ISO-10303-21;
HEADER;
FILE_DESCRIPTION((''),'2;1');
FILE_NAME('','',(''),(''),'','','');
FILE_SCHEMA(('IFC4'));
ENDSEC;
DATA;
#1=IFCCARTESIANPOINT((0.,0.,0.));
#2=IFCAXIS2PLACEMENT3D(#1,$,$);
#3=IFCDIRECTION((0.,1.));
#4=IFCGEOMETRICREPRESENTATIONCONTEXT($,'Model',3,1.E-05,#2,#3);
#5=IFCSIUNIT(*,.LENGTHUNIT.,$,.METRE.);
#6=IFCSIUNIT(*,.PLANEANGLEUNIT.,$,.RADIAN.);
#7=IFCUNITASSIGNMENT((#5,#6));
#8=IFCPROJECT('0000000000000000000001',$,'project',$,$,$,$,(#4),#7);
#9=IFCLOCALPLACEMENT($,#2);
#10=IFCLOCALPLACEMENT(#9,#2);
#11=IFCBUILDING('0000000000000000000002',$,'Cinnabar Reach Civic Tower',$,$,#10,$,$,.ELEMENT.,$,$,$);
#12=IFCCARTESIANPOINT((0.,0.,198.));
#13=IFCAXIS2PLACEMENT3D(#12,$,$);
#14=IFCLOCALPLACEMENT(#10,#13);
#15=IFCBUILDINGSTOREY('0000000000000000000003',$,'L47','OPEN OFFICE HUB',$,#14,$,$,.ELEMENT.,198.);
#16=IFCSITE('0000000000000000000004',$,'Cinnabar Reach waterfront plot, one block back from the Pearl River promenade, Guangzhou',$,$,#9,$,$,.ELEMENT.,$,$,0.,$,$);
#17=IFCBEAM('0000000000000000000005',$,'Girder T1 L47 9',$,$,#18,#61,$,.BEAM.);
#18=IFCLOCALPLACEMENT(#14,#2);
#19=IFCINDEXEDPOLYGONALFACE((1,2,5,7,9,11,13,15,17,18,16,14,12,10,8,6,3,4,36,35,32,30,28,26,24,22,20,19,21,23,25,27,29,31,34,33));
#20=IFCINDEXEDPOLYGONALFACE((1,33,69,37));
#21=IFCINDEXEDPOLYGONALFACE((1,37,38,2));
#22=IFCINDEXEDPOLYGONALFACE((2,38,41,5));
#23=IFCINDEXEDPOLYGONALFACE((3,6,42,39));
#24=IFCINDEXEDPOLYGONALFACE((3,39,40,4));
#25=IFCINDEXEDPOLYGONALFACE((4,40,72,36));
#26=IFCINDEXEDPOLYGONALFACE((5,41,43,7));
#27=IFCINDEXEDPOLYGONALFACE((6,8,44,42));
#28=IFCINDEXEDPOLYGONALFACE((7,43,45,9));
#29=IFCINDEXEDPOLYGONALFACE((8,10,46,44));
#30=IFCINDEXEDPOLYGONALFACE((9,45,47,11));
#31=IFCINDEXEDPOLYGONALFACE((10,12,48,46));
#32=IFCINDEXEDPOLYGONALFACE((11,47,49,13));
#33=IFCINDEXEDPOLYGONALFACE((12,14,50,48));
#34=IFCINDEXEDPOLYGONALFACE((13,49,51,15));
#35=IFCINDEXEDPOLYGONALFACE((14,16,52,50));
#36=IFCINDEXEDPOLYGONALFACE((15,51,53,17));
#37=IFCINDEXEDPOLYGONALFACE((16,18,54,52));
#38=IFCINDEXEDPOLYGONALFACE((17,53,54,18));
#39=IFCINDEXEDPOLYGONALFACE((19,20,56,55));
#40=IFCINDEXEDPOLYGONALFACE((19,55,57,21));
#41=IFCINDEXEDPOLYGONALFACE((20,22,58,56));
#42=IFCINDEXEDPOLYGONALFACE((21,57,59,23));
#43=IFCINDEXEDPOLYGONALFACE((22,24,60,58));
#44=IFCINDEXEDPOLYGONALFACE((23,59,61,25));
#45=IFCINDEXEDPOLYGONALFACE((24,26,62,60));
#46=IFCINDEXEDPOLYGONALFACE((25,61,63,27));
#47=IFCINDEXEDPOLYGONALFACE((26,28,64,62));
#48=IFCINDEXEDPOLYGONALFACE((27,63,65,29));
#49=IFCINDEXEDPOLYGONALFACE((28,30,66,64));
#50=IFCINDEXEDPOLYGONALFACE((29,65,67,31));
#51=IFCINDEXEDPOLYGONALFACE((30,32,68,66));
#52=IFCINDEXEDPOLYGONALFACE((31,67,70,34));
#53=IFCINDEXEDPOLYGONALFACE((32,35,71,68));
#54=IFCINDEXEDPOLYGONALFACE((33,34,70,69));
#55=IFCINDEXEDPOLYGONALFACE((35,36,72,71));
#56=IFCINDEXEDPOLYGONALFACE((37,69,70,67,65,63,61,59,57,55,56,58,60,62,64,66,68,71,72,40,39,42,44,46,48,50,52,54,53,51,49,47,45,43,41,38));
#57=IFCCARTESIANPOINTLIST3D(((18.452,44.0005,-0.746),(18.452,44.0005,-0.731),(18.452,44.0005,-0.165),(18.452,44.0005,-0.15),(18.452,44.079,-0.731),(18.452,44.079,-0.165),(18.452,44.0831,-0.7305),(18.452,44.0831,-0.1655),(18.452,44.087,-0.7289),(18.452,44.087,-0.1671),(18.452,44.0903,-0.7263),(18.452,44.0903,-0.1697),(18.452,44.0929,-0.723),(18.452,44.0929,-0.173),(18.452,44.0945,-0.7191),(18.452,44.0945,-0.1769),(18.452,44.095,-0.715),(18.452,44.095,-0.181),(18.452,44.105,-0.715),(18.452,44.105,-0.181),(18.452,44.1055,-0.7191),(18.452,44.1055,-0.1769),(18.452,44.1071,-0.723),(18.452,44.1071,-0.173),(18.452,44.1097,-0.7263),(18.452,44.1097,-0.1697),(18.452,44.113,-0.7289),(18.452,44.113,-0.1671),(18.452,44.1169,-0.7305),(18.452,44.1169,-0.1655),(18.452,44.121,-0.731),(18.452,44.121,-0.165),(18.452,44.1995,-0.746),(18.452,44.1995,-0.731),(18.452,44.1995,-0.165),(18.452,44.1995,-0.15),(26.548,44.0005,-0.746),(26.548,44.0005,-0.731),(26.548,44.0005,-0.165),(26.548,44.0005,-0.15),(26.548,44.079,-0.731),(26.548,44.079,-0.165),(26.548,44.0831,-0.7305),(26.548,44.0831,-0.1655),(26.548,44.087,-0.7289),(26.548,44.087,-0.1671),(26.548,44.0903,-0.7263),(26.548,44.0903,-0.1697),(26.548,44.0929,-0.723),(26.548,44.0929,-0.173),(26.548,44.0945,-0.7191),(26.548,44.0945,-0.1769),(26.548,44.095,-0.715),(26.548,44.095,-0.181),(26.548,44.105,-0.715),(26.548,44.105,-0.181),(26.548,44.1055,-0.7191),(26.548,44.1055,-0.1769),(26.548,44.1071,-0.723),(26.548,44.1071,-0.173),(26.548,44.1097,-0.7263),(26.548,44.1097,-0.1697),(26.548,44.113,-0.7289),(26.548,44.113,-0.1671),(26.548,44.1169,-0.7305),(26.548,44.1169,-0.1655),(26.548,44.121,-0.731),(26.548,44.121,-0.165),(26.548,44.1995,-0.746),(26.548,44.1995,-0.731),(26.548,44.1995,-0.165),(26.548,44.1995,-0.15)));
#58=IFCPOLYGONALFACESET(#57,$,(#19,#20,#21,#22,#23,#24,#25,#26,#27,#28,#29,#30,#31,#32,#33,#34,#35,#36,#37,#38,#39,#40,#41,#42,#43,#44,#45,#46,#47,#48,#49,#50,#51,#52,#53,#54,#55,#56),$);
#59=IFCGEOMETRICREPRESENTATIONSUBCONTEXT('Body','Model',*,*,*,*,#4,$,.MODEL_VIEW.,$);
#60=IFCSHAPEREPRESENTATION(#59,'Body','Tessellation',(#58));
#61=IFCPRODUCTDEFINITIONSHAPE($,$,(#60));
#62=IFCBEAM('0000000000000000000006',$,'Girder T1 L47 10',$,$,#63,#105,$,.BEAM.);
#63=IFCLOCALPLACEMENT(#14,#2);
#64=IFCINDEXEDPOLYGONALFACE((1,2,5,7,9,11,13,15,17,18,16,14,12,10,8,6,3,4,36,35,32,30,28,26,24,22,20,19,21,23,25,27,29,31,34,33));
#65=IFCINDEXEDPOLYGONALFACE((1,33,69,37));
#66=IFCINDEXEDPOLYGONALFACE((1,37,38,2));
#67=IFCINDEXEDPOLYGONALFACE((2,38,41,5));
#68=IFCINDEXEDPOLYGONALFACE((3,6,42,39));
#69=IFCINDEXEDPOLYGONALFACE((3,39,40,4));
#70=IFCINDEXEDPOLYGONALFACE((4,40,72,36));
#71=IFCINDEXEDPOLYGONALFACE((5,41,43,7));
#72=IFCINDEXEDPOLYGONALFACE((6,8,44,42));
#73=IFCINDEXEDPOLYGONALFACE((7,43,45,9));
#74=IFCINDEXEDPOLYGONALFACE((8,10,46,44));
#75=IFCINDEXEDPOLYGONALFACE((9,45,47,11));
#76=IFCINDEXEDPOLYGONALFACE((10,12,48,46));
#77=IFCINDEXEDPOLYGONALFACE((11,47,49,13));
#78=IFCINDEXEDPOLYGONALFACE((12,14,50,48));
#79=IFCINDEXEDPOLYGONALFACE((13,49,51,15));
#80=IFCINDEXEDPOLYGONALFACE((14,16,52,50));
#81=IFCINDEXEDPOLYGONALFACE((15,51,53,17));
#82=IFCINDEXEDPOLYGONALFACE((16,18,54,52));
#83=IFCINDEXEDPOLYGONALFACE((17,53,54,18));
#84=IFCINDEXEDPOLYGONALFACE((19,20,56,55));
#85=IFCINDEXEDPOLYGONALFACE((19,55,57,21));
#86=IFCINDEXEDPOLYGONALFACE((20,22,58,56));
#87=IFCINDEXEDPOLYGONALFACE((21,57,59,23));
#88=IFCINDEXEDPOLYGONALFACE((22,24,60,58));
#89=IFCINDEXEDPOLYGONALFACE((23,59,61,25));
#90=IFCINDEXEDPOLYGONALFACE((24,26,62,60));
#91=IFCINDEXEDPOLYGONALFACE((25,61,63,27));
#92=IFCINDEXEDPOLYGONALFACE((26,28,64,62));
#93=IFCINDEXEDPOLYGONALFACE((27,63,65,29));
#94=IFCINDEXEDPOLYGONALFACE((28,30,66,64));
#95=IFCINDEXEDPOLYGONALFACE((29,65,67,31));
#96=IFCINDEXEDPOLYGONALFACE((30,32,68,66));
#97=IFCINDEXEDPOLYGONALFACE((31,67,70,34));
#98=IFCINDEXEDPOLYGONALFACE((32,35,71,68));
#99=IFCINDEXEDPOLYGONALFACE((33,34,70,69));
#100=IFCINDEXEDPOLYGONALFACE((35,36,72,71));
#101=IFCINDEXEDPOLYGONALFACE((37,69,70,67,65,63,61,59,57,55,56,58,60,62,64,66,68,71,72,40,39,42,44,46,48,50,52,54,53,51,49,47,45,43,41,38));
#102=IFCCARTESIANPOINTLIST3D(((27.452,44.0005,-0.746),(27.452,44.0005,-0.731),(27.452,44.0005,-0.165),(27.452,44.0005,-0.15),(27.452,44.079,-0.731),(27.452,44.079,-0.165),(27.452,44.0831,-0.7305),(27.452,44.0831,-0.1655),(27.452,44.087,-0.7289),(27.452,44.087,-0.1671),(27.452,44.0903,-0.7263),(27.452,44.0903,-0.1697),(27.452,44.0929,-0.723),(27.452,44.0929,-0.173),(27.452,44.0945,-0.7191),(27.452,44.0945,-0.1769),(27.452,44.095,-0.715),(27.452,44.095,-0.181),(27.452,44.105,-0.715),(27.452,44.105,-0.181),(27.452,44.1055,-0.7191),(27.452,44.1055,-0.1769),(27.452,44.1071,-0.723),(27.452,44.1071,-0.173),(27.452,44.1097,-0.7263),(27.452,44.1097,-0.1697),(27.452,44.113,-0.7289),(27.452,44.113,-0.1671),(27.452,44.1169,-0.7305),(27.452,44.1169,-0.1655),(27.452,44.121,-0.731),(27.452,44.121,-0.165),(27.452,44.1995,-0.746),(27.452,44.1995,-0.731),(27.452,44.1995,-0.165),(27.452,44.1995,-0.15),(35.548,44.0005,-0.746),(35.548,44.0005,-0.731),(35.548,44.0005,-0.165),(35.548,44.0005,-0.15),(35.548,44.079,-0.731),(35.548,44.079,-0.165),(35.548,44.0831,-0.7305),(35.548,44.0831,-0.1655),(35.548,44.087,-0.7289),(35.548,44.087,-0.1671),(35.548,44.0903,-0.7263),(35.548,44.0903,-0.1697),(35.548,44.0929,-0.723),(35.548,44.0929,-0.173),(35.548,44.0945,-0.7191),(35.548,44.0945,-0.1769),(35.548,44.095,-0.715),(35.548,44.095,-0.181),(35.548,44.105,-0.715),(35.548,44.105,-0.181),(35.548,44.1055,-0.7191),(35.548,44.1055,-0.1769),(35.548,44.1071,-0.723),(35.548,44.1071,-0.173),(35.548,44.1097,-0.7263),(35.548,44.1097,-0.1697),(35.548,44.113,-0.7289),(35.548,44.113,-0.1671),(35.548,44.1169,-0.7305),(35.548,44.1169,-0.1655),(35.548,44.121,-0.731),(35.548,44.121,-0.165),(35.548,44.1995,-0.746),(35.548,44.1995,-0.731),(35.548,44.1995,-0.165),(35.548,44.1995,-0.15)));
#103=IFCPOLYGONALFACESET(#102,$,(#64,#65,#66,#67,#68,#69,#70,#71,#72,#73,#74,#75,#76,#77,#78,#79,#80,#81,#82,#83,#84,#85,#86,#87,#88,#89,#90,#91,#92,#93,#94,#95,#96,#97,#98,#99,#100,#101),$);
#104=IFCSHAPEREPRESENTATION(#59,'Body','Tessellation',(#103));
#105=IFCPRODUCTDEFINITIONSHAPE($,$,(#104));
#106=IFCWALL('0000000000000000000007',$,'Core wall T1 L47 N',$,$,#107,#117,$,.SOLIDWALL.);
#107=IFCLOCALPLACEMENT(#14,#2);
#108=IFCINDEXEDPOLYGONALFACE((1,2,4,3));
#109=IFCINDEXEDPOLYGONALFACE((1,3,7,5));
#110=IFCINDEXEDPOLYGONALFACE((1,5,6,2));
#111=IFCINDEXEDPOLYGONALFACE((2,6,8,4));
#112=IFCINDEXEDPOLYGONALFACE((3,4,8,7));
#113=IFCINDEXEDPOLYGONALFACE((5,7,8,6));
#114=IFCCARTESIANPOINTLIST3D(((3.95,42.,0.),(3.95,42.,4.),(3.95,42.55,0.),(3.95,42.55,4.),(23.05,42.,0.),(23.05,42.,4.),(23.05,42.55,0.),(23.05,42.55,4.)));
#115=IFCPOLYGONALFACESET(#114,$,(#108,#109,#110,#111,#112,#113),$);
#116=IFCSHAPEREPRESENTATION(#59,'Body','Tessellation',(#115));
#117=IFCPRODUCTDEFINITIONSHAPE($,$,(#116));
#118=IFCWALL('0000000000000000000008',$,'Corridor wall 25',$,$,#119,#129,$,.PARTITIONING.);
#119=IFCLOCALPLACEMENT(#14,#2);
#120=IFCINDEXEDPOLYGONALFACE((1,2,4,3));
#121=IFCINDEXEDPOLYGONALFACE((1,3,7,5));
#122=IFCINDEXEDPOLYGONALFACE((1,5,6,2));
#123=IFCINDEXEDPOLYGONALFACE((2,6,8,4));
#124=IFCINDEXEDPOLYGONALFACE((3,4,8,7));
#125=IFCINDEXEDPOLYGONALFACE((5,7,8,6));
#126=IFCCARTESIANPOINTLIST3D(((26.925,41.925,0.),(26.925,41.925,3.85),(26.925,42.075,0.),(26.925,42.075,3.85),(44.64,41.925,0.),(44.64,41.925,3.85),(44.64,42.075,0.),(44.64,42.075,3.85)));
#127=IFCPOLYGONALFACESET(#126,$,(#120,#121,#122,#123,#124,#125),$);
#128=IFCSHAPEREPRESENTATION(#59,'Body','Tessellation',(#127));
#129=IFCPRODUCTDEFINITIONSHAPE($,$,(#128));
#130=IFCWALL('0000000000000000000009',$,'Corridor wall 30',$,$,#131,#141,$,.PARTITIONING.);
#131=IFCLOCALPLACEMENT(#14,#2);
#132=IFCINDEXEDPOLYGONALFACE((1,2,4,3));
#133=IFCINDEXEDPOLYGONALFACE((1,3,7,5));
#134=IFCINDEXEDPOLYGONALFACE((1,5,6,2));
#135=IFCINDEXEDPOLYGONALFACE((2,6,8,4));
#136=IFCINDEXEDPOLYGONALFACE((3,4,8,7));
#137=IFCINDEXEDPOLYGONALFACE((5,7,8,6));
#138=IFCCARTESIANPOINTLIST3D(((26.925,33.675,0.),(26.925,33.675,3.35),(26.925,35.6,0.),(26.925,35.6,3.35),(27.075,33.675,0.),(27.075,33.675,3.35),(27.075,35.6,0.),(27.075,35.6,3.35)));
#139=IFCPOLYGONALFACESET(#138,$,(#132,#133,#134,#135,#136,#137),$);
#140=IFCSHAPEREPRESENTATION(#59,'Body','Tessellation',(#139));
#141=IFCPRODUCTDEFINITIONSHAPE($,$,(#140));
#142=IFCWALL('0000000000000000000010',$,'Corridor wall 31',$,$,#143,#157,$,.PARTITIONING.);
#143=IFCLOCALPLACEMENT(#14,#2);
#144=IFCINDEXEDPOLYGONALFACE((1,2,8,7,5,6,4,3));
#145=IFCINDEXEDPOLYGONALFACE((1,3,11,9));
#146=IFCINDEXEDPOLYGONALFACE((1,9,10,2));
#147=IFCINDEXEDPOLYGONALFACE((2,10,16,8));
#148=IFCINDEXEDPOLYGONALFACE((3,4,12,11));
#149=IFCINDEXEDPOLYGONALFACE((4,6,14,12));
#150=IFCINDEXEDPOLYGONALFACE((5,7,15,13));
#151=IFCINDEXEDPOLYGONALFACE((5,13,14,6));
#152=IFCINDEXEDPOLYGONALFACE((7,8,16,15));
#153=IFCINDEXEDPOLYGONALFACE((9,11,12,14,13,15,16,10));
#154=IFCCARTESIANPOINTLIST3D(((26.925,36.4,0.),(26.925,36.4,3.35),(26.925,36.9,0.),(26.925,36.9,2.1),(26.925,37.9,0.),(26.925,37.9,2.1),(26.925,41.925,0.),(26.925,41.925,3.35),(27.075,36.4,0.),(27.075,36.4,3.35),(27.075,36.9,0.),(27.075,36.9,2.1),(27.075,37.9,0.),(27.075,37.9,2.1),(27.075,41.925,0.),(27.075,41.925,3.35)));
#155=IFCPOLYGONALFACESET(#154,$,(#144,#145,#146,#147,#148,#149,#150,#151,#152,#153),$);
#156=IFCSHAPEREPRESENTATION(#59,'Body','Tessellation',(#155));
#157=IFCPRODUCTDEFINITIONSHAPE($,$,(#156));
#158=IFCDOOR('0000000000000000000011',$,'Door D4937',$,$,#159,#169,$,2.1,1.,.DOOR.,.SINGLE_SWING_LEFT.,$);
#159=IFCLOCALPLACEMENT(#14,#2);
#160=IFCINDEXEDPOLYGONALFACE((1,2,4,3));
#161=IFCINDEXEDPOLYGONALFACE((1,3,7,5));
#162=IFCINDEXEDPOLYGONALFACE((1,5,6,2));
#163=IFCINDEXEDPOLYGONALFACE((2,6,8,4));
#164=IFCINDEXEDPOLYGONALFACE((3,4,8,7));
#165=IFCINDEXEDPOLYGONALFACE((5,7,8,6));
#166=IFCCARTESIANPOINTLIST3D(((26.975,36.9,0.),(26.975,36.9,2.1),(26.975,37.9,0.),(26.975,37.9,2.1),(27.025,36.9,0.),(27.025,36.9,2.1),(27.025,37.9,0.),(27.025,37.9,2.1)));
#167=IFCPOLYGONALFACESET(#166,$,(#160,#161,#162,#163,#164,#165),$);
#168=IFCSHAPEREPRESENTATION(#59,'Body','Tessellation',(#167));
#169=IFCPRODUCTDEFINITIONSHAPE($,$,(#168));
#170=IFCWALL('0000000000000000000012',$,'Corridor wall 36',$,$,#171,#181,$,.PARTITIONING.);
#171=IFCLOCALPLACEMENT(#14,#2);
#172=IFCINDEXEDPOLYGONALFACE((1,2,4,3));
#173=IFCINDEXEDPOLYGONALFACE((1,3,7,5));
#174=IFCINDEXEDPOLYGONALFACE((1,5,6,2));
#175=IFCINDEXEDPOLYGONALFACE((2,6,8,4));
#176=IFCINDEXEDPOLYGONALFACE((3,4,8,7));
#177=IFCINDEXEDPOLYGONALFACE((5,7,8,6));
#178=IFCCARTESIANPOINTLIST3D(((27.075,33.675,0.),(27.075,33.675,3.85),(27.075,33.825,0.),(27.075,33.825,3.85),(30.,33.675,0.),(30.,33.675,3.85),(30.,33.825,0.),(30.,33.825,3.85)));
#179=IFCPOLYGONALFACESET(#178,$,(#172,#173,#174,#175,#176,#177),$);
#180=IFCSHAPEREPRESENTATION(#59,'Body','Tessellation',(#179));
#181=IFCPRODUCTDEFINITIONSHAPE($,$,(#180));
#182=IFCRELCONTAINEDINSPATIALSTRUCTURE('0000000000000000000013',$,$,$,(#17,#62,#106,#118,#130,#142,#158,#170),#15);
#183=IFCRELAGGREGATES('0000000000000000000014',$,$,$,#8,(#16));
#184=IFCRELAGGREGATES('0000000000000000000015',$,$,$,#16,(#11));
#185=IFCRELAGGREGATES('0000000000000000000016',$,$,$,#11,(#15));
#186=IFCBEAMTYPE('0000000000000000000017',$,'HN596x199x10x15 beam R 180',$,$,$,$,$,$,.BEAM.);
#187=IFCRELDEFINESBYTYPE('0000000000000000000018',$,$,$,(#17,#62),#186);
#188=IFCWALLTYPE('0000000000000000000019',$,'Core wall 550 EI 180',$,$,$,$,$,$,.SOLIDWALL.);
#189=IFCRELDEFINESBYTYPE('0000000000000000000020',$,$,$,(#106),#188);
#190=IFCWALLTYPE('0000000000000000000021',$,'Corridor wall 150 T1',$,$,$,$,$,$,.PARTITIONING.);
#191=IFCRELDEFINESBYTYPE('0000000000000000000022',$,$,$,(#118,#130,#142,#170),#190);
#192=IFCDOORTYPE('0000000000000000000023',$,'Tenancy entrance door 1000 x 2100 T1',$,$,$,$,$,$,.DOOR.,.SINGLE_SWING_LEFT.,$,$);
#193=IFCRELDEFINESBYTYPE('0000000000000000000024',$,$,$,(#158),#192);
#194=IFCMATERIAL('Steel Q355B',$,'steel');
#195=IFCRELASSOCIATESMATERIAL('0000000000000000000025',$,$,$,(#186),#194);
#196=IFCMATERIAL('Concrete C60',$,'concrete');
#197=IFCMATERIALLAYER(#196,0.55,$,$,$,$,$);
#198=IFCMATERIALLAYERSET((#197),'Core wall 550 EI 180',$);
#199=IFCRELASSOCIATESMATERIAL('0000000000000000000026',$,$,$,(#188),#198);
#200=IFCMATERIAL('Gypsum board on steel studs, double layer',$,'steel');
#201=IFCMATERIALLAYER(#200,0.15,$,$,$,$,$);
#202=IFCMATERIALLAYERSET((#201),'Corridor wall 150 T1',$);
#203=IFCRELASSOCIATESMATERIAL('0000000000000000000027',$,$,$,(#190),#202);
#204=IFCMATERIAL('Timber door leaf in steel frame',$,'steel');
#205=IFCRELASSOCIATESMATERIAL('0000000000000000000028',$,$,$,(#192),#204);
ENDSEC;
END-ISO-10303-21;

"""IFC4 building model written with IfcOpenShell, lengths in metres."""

from ifc_helpers import new_model, si_unit, direction, frame, frame_2d, origin, origin_2d, place, context, subcontext, project, spatial, rectangle, i_section, extrude, material, layer, layer_set, material_profile, profile_set, type_object, element, fill, save


model = new_model("IFC4")

# Units and contexts
model_context = context("Model", 3, precision=1e-05, world=origin(), true_north=direction((0.0, 1.0)))
body_context = subcontext(model_context, "Body", "Model", "MODEL_VIEW")
ifc_project = project(units=[si_unit("LENGTHUNIT", "METRE"), si_unit("PLANEANGLEUNIT", "RADIAN")], contexts=[model_context])

# Site, building, storey
site_placement = place(None, origin())
site = spatial("IfcSite", under=ifc_project, at=site_placement, Name="Cinnabar Reach waterfront plot, one block back from the Pearl River promenade, Guangzhou", CompositionType="ELEMENT", RefElevation=0.0)
building_placement = place(site_placement, origin())
building = spatial("IfcBuilding", under=site, at=building_placement, Name="Cinnabar Reach Civic Tower", CompositionType="ELEMENT")
storey_placement = place(building_placement, frame((0.0, 0.0, 198.0)))
storey = spatial("IfcBuildingStorey", under=building, at=storey_placement, Name="L47", Description="OPEN OFFICE HUB", CompositionType="ELEMENT", Elevation=198.0)

# Shared definitions
ifc_material_1 = material(Name="Concrete C60", Category="concrete")

# Beams
ifc_material_2 = material(Name="Steel Q355B", Category="steel")
ifc_material_profile_1 = material_profile(ifc_material_2, i_section(OverallWidth=0.199, OverallDepth=0.596, WebThickness=0.01, FlangeThickness=0.015, FilletRadius=0.016, at=origin_2d()), Name="HN596x199x10x15")
ifc_profile_set_1 = profile_set([ifc_material_profile_1], Name="Steel Q355B")
beam_type_1 = type_object("IfcBeamType", Name="HN596x199x10x15 beam R 180", PredefinedType="BEAM", material=ifc_profile_set_1)
for number, where, z_axis, x_axis, name in (
    (1, (18.452, 44.1, -0.448), (1.0, 0.0, 0.0), (0.0, 1.0, 0.0), "Girder T1 L47 9"),
    (2, (27.452, 44.1, -0.448), (1.0, 0.0, 0.0), (0.0, 1.0, 0.0), "Girder T1 L47 10"),
):
    element("IfcBeam", number, at=place(storey_placement, frame(where, z_axis=z_axis, x_axis=x_axis)), inside=storey, type_object=beam_type_1, Name=name, PredefinedType="BEAM", context=body_context, shape_type="SweptSolid", body=[
        extrude(i_section(OverallWidth=0.199, OverallDepth=0.596, WebThickness=0.01, FlangeThickness=0.015, FilletRadius=0.016, at=origin_2d()), origin(), (0.0, 0.0, 1.0), 8.096),
    ])

# Walls
ifc_layer_1 = layer(ifc_material_1, 0.55)
ifc_layer_set_1 = layer_set([ifc_layer_1], Name="Core wall 550 EI 180")
wall_type_1 = type_object("IfcWallType", Name="Core wall 550 EI 180", PredefinedType="SOLIDWALL", material=ifc_layer_set_1)
wall_1_placement = place(storey_placement, frame((23.05, 42.275, 0.0), z_axis=(0.0, 0.0, 1.0), x_axis=(-1.0, 0.0, 0.0)))
element("IfcWall", 3, at=wall_1_placement, inside=storey, type_object=wall_type_1, Name="Core wall T1 L47 N", PredefinedType="SOLIDWALL", context=body_context, shape_type="SweptSolid", body=[
    extrude(rectangle(XDim=19.1, YDim=0.55, at=frame_2d((9.55, 0.0))), origin(), (0.0, 0.0, 1.0), 4.0),
])
ifc_material_3 = material(Name="Gypsum board on steel studs, double layer", Category="steel")
ifc_layer_2 = layer(ifc_material_3, 0.15)
ifc_layer_set_2 = layer_set([ifc_layer_2], Name="Corridor wall 150 T1")
wall_type_2 = type_object("IfcWallType", Name="Corridor wall 150 T1", PredefinedType="PARTITIONING", material=ifc_layer_set_2)
wall_2_placement = place(storey_placement, frame((26.925, 42.0, 0.0), z_axis=(0.0, 0.0, 1.0), x_axis=(1.0, 0.0, 0.0)))
element("IfcWall", 4, at=wall_2_placement, inside=storey, type_object=wall_type_2, Name="Corridor wall 25", PredefinedType="PARTITIONING", context=body_context, shape_type="SweptSolid", body=[
    extrude(rectangle(XDim=17.715, YDim=0.15, at=frame_2d((8.8575, 0.0))), origin(), (0.0, 0.0, 1.0), 3.85),
])
wall_3_placement = place(storey_placement, frame((27.0, 33.675, 0.0), z_axis=(0.0, 0.0, 1.0), x_axis=(0.0, 1.0, 0.0)))
element("IfcWall", 5, at=wall_3_placement, inside=storey, type_object=wall_type_2, Name="Corridor wall 30", PredefinedType="PARTITIONING", context=body_context, shape_type="SweptSolid", body=[
    extrude(rectangle(XDim=1.925, YDim=0.15, at=frame_2d((0.9625, 0.0))), origin(), (0.0, 0.0, 1.0), 3.35),
])

# Wall, opening, door
wall_4_placement = place(storey_placement, frame((27.0, 36.4, 0.0), z_axis=(0.0, 0.0, 1.0), x_axis=(0.0, 1.0, 0.0)))
wall_4 = element("IfcWall", 6, at=wall_4_placement, inside=storey, type_object=wall_type_2, Name="Corridor wall 31", PredefinedType="PARTITIONING", context=body_context, shape_type="SweptSolid", body=[
    extrude(rectangle(XDim=5.525, YDim=0.15, at=frame_2d((2.7625, 0.0))), origin(), (0.0, 0.0, 1.0), 3.35),
])
opening_1_placement = place(wall_4_placement, frame((0.5, 0.0, 0.0)))
opening_1 = element("IfcOpeningElement", 7, at=opening_1_placement, cuts=wall_4, PredefinedType="OPENING", context=body_context, shape_type="SweptSolid", body=[
    extrude(rectangle(XDim=1.0, YDim=2.1, at=frame_2d((0.5, 1.05))), frame((0.0, 0.085, 0.0), z_axis=(0.0, -1.0, 0.0), x_axis=(1.0, 0.0, 0.0)), (0.0, 0.0, 1.0), 0.17),
])
ifc_material_4 = material(Name="Timber door leaf in steel frame", Category="steel")
door_type_1 = type_object("IfcDoorType", Name="Tenancy entrance door 1000 x 2100 T1", OperationType="SINGLE_SWING_LEFT", PredefinedType="DOOR", material=ifc_material_4)
door_1_placement = place(opening_1_placement, frame((1.0, 0.0, 0.0), z_axis=(0.0, 0.0, 1.0), x_axis=(-1.0, 0.0, 0.0)))
door_1 = element("IfcDoor", 8, at=door_1_placement, inside=storey, type_object=door_type_1, Name="Door D4937", OperationType="SINGLE_SWING_LEFT", OverallHeight=2.1, OverallWidth=1.0, PredefinedType="DOOR", context=body_context, shape_type="SweptSolid", body=[
    extrude(rectangle(XDim=1.0, YDim=2.1, at=frame_2d((0.5, 1.05))), frame((0.0, 0.025, 0.0), z_axis=(0.0, -1.0, 0.0), x_axis=(1.0, 0.0, 0.0)), (0.0, 0.0, 1.0), 0.05),
])
fill(opening_1, door_1)

# Wall
wall_5_placement = place(storey_placement, frame((27.075, 33.75, 0.0), z_axis=(0.0, 0.0, 1.0), x_axis=(1.0, 0.0, 0.0)))
element("IfcWall", 9, at=wall_5_placement, inside=storey, type_object=wall_type_2, Name="Corridor wall 36", PredefinedType="PARTITIONING", context=body_context, shape_type="SweptSolid", body=[
    extrude(rectangle(XDim=2.925, YDim=0.15, at=frame_2d((1.4625, 0.0))), origin(), (0.0, 0.0, 1.0), 3.85),
])

save(model, "model.ifc")
